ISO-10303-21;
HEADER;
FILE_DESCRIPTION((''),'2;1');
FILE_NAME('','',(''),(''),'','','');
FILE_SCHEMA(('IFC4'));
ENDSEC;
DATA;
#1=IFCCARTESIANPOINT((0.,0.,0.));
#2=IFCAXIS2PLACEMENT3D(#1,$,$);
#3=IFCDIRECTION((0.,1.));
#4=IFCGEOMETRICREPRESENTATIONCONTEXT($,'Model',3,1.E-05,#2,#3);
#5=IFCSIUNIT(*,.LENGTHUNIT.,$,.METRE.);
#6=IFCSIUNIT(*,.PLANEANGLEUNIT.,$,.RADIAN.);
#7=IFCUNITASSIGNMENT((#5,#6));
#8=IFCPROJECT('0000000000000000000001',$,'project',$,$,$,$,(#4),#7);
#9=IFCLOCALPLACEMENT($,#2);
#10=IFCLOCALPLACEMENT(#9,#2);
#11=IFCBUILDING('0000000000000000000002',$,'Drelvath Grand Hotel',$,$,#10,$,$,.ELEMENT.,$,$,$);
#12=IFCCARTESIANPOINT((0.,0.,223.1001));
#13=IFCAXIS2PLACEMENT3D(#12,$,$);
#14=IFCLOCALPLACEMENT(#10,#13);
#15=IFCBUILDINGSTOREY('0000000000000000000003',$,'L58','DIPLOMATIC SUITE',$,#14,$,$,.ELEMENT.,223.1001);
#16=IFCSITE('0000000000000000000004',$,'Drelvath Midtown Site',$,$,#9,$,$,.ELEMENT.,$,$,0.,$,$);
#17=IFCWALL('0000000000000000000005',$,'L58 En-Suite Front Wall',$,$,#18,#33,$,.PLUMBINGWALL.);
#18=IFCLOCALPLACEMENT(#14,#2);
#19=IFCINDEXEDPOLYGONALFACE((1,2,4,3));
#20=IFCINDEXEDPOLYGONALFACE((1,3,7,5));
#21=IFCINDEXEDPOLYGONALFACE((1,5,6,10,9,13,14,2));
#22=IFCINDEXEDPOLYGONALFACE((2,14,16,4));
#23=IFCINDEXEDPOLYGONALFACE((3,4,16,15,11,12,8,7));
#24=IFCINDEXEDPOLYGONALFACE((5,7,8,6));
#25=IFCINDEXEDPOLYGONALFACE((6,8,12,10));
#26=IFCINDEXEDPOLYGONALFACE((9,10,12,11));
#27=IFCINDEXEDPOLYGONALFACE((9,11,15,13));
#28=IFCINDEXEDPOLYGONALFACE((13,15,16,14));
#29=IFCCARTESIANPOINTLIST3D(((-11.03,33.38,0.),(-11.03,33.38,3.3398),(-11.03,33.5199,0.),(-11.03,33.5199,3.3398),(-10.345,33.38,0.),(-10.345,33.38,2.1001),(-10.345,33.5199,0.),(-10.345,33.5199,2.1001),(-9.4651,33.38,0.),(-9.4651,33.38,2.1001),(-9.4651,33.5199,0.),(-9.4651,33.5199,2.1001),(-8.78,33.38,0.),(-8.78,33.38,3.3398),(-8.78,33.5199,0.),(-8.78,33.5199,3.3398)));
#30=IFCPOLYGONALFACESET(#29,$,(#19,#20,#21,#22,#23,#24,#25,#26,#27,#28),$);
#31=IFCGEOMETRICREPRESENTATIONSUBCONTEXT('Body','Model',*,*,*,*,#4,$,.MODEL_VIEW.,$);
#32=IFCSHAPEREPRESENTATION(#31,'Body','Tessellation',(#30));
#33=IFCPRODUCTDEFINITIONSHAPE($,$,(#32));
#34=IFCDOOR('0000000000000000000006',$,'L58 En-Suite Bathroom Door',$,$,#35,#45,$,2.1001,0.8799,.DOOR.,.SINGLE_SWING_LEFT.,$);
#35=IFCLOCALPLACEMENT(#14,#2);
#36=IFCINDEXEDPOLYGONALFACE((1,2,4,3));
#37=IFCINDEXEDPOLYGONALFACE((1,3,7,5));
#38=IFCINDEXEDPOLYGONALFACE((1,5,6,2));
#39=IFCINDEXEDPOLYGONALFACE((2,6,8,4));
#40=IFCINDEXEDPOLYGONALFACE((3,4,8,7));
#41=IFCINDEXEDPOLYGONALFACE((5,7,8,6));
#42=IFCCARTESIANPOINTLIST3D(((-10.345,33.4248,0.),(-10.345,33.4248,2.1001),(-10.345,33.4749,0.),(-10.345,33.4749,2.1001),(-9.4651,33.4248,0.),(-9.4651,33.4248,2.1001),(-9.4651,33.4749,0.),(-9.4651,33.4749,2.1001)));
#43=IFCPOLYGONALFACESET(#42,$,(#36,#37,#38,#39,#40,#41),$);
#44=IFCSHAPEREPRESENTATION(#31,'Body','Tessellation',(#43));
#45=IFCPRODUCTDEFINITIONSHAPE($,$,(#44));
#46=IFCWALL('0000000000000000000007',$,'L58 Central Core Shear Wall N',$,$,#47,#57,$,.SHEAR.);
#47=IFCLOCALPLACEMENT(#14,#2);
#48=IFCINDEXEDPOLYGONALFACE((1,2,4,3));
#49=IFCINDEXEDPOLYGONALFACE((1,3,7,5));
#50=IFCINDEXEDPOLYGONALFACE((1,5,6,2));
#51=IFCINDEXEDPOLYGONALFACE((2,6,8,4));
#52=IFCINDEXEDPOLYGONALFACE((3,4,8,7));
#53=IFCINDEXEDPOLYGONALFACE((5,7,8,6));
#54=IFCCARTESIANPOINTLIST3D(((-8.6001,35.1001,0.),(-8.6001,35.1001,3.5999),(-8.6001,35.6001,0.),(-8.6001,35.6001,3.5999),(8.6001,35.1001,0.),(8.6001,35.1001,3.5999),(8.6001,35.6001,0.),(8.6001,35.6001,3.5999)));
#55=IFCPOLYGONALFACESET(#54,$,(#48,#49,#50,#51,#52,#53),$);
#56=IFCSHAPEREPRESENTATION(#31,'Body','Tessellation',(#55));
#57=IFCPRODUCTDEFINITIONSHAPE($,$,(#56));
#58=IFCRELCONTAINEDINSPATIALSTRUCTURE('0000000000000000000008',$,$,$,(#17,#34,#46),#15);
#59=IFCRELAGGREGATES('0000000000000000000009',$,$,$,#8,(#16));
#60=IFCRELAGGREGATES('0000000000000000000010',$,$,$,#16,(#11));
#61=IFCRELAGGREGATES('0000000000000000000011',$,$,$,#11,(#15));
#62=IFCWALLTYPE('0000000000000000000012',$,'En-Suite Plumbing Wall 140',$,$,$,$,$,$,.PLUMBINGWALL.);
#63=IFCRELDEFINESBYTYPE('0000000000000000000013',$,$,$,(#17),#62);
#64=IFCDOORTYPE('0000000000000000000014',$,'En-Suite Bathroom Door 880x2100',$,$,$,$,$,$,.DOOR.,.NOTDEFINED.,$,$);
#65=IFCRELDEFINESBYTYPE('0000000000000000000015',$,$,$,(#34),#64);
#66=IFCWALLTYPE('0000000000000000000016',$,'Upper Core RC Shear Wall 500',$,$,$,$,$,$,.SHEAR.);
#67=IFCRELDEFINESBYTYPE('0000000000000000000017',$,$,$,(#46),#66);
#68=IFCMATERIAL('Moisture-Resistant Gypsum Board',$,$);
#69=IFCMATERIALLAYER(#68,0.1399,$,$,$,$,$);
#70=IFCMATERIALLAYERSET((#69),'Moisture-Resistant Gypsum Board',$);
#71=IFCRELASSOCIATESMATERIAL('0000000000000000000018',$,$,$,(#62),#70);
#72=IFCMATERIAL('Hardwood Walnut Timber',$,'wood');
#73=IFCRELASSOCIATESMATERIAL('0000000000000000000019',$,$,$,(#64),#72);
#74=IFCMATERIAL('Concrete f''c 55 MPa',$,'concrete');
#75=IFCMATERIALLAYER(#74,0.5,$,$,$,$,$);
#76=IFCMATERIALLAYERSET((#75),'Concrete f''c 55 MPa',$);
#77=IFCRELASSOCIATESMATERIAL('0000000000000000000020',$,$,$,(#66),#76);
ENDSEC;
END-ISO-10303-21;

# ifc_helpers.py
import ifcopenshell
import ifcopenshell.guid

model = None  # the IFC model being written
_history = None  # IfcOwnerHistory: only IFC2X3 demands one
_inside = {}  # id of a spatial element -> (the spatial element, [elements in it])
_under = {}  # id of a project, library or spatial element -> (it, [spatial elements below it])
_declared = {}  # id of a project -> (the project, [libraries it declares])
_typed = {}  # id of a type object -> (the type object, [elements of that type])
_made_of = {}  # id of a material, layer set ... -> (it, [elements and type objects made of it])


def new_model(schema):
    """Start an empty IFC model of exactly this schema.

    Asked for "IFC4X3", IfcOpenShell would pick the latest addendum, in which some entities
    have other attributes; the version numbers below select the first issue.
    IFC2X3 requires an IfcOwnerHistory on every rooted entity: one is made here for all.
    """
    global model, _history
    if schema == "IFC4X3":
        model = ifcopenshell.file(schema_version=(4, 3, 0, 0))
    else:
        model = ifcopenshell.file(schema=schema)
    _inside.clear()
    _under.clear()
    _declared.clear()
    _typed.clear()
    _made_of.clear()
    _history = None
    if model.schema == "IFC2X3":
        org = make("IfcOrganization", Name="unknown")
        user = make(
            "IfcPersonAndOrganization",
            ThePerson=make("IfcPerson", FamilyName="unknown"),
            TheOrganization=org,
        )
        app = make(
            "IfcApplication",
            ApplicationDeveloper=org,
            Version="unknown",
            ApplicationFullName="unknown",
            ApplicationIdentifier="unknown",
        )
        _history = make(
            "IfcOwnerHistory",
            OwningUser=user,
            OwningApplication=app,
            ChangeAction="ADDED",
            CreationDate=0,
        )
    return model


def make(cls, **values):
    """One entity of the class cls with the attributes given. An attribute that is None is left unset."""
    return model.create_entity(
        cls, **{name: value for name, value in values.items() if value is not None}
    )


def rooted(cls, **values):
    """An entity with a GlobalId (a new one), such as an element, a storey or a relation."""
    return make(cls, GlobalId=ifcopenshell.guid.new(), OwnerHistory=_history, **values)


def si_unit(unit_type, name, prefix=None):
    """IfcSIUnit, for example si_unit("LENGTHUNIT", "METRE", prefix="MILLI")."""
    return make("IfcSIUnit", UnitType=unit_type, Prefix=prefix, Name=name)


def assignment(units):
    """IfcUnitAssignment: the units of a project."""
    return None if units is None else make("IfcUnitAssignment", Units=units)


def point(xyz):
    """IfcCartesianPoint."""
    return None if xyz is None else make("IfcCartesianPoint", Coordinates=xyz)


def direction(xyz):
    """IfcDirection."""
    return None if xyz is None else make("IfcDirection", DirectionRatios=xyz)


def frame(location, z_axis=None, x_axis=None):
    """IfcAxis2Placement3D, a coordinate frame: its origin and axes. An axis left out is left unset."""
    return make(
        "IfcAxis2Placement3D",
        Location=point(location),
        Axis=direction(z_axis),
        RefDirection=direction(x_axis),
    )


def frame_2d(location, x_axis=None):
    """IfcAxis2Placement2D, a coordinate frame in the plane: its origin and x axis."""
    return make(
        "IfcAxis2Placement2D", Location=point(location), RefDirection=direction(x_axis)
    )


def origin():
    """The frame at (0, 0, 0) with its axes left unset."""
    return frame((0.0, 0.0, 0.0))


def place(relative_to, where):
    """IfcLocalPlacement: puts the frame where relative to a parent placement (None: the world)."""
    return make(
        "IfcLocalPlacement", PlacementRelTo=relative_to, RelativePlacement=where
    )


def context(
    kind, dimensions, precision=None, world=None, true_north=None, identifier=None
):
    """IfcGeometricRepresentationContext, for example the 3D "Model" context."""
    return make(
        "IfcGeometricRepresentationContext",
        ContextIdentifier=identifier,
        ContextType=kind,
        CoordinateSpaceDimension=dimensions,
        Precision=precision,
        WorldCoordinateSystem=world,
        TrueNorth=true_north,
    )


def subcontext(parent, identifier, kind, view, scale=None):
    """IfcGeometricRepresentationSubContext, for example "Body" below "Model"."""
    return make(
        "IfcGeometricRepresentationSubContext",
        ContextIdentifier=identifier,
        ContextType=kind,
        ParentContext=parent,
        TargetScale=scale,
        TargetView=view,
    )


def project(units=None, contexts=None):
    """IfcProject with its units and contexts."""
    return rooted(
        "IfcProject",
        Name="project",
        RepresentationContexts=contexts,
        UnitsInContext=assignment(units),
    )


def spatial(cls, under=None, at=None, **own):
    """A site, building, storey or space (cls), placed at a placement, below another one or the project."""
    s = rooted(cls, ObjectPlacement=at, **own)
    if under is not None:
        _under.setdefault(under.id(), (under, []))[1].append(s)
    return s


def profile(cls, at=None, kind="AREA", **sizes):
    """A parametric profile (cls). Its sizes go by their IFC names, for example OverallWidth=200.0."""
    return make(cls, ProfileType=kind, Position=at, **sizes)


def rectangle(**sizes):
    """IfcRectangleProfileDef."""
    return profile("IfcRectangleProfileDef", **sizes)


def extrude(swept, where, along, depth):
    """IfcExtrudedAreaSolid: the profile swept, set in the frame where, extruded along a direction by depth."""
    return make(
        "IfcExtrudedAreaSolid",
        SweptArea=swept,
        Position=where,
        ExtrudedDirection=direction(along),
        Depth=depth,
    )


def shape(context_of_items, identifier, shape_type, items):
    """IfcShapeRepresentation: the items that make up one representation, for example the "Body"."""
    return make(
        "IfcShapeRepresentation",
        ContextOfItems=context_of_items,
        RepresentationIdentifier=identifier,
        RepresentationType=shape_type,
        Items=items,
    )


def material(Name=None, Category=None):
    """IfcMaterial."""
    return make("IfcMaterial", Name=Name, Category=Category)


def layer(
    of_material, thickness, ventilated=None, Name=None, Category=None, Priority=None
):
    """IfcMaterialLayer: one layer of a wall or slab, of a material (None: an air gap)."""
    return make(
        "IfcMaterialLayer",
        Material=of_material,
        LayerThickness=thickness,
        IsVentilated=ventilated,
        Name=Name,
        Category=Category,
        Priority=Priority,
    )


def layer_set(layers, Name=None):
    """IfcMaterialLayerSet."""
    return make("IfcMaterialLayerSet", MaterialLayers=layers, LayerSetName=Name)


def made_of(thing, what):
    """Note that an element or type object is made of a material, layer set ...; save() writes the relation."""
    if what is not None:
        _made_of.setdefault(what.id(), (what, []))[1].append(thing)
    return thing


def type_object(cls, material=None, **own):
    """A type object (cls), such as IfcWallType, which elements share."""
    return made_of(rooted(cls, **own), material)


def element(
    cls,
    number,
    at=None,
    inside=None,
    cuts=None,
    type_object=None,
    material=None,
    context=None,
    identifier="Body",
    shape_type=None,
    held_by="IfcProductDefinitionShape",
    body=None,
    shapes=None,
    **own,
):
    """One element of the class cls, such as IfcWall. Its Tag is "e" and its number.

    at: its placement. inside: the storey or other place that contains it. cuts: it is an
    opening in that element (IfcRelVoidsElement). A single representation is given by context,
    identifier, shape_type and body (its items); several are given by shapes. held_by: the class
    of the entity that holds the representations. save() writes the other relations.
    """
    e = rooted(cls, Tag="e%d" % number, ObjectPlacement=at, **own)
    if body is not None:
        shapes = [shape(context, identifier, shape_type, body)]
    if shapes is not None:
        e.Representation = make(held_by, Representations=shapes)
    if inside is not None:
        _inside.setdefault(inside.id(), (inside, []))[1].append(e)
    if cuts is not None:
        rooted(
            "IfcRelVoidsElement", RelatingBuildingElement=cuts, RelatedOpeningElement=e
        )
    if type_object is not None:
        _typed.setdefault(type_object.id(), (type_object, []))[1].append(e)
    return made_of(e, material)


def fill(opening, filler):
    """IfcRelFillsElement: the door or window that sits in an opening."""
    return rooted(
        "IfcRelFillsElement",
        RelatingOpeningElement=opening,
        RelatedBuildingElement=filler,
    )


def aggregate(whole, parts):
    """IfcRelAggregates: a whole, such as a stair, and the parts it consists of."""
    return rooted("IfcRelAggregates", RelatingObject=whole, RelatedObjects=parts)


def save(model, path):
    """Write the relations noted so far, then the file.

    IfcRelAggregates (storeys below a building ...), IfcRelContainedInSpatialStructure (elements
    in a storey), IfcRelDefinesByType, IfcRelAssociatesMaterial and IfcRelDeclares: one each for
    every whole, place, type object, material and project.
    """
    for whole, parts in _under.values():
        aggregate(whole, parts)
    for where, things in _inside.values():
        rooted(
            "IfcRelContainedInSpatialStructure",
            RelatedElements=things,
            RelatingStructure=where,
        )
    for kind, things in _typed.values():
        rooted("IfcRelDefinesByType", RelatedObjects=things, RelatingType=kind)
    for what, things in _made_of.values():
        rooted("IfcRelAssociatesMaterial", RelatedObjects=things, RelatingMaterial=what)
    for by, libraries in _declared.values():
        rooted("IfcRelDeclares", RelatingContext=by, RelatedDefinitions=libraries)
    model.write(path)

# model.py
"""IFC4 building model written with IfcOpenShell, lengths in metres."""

from ifc_helpers import new_model, si_unit, direction, frame, frame_2d, origin, place, context, subcontext, project, spatial, rectangle, extrude, material, layer, layer_set, type_object, element, fill, save


model = new_model("IFC4")

# Units and contexts
model_context = context("Model", 3, precision=1e-05, world=origin(), true_north=direction((0.0, 1.0)))
body_context = subcontext(model_context, "Body", "Model", "MODEL_VIEW")
ifc_project = project(units=[si_unit("LENGTHUNIT", "METRE"), si_unit("PLANEANGLEUNIT", "RADIAN")], contexts=[model_context])

# Site, building, storey
site_placement = place(None, origin())
site = spatial("IfcSite", under=ifc_project, at=site_placement, Name="Drelvath Midtown Site", CompositionType="ELEMENT", RefElevation=0.0)
building_placement = place(site_placement, origin())
building = spatial("IfcBuilding", under=site, at=building_placement, Name="Drelvath Grand Hotel", CompositionType="ELEMENT")
storey_placement = place(building_placement, frame((0.0, 0.0, 223.1001)))
storey = spatial("IfcBuildingStorey", under=building, at=storey_placement, Name="L58", Description="DIPLOMATIC SUITE", CompositionType="ELEMENT", Elevation=223.1001)

# Shared definitions
ifc_material_1 = material(Name="Concrete f'c 55 MPa", Category="concrete")

# Shared definitions
ifc_material_2 = material(Name="Hardwood Walnut Timber", Category="wood")

# Shared definitions
ifc_material_3 = material(Name="Moisture-Resistant Gypsum Board")
ifc_layer_1 = layer(ifc_material_3, 0.1399)
ifc_layer_set_1 = layer_set([ifc_layer_1], Name="Moisture-Resistant Gypsum Board")
wall_type_1 = type_object("IfcWallType", Name="En-Suite Plumbing Wall 140", PredefinedType="PLUMBINGWALL", material=ifc_layer_set_1)

# Wall, opening, door
wall_1_placement = place(storey_placement, frame((-11.03, 33.45, 0.0), z_axis=(0.0, 0.0, 1.0), x_axis=(1.0, 0.0, 0.0)))
wall_1 = element("IfcWall", 1, at=wall_1_placement, inside=storey, type_object=wall_type_1, Name="L58 En-Suite Front Wall", PredefinedType="PLUMBINGWALL", context=body_context, shape_type="SweptSolid", body=[
    extrude(rectangle(XDim=2.25, YDim=0.1399, at=frame_2d((1.125, 0.0))), origin(), (0.0, 0.0, 1.0), 3.3398),
])
opening_1_placement = place(wall_1_placement, frame((0.6851, 0.0, 0.0)))
opening_1 = element("IfcOpeningElement", 2, at=opening_1_placement, cuts=wall_1, PredefinedType="OPENING", context=body_context, shape_type="SweptSolid", body=[
    extrude(rectangle(XDim=0.8799, YDim=2.1001, at=frame_2d((0.4399, 1.05))), frame((0.0, 0.0798, 0.0), z_axis=(0.0, -1.0, 0.0), x_axis=(1.0, 0.0, 0.0)), (0.0, 0.0, 1.0), 0.1599),
])
door_type_1 = type_object("IfcDoorType", Name="En-Suite Bathroom Door 880x2100", OperationType="NOTDEFINED", PredefinedType="DOOR", material=ifc_material_2)
door_1_placement = place(opening_1_placement, origin())
door_1 = element("IfcDoor", 3, at=door_1_placement, inside=storey, type_object=door_type_1, Name="L58 En-Suite Bathroom Door", OperationType="SINGLE_SWING_LEFT", OverallHeight=2.1001, OverallWidth=0.8799, PredefinedType="DOOR", context=body_context, shape_type="SweptSolid", body=[
    extrude(rectangle(XDim=0.8799, YDim=2.1001, at=frame_2d((0.4399, 1.05))), frame((0.0, 0.0249, 0.0), z_axis=(0.0, -1.0, 0.0), x_axis=(1.0, 0.0, 0.0)), (0.0, 0.0, 1.0), 0.05),
])
fill(opening_1, door_1)

# Wall
ifc_layer_2 = layer(ifc_material_1, 0.5)
ifc_layer_set_2 = layer_set([ifc_layer_2], Name="Concrete f'c 55 MPa")
wall_type_2 = type_object("IfcWallType", Name="Upper Core RC Shear Wall 500", PredefinedType="SHEAR", material=ifc_layer_set_2)
wall_2_placement = place(storey_placement, frame((-8.6001, 35.3501, 0.0), z_axis=(0.0, 0.0, 1.0), x_axis=(1.0, 0.0, 0.0)))
element("IfcWall", 4, at=wall_2_placement, inside=storey, type_object=wall_type_2, Name="L58 Central Core Shear Wall N", PredefinedType="SHEAR", context=body_context, shape_type="SweptSolid", body=[
    extrude(rectangle(XDim=17.2002, YDim=0.5, at=frame_2d((8.6001, 0.0))), origin(), (0.0, 0.0, 1.0), 3.5999),
])

save(model, "model.ifc")
